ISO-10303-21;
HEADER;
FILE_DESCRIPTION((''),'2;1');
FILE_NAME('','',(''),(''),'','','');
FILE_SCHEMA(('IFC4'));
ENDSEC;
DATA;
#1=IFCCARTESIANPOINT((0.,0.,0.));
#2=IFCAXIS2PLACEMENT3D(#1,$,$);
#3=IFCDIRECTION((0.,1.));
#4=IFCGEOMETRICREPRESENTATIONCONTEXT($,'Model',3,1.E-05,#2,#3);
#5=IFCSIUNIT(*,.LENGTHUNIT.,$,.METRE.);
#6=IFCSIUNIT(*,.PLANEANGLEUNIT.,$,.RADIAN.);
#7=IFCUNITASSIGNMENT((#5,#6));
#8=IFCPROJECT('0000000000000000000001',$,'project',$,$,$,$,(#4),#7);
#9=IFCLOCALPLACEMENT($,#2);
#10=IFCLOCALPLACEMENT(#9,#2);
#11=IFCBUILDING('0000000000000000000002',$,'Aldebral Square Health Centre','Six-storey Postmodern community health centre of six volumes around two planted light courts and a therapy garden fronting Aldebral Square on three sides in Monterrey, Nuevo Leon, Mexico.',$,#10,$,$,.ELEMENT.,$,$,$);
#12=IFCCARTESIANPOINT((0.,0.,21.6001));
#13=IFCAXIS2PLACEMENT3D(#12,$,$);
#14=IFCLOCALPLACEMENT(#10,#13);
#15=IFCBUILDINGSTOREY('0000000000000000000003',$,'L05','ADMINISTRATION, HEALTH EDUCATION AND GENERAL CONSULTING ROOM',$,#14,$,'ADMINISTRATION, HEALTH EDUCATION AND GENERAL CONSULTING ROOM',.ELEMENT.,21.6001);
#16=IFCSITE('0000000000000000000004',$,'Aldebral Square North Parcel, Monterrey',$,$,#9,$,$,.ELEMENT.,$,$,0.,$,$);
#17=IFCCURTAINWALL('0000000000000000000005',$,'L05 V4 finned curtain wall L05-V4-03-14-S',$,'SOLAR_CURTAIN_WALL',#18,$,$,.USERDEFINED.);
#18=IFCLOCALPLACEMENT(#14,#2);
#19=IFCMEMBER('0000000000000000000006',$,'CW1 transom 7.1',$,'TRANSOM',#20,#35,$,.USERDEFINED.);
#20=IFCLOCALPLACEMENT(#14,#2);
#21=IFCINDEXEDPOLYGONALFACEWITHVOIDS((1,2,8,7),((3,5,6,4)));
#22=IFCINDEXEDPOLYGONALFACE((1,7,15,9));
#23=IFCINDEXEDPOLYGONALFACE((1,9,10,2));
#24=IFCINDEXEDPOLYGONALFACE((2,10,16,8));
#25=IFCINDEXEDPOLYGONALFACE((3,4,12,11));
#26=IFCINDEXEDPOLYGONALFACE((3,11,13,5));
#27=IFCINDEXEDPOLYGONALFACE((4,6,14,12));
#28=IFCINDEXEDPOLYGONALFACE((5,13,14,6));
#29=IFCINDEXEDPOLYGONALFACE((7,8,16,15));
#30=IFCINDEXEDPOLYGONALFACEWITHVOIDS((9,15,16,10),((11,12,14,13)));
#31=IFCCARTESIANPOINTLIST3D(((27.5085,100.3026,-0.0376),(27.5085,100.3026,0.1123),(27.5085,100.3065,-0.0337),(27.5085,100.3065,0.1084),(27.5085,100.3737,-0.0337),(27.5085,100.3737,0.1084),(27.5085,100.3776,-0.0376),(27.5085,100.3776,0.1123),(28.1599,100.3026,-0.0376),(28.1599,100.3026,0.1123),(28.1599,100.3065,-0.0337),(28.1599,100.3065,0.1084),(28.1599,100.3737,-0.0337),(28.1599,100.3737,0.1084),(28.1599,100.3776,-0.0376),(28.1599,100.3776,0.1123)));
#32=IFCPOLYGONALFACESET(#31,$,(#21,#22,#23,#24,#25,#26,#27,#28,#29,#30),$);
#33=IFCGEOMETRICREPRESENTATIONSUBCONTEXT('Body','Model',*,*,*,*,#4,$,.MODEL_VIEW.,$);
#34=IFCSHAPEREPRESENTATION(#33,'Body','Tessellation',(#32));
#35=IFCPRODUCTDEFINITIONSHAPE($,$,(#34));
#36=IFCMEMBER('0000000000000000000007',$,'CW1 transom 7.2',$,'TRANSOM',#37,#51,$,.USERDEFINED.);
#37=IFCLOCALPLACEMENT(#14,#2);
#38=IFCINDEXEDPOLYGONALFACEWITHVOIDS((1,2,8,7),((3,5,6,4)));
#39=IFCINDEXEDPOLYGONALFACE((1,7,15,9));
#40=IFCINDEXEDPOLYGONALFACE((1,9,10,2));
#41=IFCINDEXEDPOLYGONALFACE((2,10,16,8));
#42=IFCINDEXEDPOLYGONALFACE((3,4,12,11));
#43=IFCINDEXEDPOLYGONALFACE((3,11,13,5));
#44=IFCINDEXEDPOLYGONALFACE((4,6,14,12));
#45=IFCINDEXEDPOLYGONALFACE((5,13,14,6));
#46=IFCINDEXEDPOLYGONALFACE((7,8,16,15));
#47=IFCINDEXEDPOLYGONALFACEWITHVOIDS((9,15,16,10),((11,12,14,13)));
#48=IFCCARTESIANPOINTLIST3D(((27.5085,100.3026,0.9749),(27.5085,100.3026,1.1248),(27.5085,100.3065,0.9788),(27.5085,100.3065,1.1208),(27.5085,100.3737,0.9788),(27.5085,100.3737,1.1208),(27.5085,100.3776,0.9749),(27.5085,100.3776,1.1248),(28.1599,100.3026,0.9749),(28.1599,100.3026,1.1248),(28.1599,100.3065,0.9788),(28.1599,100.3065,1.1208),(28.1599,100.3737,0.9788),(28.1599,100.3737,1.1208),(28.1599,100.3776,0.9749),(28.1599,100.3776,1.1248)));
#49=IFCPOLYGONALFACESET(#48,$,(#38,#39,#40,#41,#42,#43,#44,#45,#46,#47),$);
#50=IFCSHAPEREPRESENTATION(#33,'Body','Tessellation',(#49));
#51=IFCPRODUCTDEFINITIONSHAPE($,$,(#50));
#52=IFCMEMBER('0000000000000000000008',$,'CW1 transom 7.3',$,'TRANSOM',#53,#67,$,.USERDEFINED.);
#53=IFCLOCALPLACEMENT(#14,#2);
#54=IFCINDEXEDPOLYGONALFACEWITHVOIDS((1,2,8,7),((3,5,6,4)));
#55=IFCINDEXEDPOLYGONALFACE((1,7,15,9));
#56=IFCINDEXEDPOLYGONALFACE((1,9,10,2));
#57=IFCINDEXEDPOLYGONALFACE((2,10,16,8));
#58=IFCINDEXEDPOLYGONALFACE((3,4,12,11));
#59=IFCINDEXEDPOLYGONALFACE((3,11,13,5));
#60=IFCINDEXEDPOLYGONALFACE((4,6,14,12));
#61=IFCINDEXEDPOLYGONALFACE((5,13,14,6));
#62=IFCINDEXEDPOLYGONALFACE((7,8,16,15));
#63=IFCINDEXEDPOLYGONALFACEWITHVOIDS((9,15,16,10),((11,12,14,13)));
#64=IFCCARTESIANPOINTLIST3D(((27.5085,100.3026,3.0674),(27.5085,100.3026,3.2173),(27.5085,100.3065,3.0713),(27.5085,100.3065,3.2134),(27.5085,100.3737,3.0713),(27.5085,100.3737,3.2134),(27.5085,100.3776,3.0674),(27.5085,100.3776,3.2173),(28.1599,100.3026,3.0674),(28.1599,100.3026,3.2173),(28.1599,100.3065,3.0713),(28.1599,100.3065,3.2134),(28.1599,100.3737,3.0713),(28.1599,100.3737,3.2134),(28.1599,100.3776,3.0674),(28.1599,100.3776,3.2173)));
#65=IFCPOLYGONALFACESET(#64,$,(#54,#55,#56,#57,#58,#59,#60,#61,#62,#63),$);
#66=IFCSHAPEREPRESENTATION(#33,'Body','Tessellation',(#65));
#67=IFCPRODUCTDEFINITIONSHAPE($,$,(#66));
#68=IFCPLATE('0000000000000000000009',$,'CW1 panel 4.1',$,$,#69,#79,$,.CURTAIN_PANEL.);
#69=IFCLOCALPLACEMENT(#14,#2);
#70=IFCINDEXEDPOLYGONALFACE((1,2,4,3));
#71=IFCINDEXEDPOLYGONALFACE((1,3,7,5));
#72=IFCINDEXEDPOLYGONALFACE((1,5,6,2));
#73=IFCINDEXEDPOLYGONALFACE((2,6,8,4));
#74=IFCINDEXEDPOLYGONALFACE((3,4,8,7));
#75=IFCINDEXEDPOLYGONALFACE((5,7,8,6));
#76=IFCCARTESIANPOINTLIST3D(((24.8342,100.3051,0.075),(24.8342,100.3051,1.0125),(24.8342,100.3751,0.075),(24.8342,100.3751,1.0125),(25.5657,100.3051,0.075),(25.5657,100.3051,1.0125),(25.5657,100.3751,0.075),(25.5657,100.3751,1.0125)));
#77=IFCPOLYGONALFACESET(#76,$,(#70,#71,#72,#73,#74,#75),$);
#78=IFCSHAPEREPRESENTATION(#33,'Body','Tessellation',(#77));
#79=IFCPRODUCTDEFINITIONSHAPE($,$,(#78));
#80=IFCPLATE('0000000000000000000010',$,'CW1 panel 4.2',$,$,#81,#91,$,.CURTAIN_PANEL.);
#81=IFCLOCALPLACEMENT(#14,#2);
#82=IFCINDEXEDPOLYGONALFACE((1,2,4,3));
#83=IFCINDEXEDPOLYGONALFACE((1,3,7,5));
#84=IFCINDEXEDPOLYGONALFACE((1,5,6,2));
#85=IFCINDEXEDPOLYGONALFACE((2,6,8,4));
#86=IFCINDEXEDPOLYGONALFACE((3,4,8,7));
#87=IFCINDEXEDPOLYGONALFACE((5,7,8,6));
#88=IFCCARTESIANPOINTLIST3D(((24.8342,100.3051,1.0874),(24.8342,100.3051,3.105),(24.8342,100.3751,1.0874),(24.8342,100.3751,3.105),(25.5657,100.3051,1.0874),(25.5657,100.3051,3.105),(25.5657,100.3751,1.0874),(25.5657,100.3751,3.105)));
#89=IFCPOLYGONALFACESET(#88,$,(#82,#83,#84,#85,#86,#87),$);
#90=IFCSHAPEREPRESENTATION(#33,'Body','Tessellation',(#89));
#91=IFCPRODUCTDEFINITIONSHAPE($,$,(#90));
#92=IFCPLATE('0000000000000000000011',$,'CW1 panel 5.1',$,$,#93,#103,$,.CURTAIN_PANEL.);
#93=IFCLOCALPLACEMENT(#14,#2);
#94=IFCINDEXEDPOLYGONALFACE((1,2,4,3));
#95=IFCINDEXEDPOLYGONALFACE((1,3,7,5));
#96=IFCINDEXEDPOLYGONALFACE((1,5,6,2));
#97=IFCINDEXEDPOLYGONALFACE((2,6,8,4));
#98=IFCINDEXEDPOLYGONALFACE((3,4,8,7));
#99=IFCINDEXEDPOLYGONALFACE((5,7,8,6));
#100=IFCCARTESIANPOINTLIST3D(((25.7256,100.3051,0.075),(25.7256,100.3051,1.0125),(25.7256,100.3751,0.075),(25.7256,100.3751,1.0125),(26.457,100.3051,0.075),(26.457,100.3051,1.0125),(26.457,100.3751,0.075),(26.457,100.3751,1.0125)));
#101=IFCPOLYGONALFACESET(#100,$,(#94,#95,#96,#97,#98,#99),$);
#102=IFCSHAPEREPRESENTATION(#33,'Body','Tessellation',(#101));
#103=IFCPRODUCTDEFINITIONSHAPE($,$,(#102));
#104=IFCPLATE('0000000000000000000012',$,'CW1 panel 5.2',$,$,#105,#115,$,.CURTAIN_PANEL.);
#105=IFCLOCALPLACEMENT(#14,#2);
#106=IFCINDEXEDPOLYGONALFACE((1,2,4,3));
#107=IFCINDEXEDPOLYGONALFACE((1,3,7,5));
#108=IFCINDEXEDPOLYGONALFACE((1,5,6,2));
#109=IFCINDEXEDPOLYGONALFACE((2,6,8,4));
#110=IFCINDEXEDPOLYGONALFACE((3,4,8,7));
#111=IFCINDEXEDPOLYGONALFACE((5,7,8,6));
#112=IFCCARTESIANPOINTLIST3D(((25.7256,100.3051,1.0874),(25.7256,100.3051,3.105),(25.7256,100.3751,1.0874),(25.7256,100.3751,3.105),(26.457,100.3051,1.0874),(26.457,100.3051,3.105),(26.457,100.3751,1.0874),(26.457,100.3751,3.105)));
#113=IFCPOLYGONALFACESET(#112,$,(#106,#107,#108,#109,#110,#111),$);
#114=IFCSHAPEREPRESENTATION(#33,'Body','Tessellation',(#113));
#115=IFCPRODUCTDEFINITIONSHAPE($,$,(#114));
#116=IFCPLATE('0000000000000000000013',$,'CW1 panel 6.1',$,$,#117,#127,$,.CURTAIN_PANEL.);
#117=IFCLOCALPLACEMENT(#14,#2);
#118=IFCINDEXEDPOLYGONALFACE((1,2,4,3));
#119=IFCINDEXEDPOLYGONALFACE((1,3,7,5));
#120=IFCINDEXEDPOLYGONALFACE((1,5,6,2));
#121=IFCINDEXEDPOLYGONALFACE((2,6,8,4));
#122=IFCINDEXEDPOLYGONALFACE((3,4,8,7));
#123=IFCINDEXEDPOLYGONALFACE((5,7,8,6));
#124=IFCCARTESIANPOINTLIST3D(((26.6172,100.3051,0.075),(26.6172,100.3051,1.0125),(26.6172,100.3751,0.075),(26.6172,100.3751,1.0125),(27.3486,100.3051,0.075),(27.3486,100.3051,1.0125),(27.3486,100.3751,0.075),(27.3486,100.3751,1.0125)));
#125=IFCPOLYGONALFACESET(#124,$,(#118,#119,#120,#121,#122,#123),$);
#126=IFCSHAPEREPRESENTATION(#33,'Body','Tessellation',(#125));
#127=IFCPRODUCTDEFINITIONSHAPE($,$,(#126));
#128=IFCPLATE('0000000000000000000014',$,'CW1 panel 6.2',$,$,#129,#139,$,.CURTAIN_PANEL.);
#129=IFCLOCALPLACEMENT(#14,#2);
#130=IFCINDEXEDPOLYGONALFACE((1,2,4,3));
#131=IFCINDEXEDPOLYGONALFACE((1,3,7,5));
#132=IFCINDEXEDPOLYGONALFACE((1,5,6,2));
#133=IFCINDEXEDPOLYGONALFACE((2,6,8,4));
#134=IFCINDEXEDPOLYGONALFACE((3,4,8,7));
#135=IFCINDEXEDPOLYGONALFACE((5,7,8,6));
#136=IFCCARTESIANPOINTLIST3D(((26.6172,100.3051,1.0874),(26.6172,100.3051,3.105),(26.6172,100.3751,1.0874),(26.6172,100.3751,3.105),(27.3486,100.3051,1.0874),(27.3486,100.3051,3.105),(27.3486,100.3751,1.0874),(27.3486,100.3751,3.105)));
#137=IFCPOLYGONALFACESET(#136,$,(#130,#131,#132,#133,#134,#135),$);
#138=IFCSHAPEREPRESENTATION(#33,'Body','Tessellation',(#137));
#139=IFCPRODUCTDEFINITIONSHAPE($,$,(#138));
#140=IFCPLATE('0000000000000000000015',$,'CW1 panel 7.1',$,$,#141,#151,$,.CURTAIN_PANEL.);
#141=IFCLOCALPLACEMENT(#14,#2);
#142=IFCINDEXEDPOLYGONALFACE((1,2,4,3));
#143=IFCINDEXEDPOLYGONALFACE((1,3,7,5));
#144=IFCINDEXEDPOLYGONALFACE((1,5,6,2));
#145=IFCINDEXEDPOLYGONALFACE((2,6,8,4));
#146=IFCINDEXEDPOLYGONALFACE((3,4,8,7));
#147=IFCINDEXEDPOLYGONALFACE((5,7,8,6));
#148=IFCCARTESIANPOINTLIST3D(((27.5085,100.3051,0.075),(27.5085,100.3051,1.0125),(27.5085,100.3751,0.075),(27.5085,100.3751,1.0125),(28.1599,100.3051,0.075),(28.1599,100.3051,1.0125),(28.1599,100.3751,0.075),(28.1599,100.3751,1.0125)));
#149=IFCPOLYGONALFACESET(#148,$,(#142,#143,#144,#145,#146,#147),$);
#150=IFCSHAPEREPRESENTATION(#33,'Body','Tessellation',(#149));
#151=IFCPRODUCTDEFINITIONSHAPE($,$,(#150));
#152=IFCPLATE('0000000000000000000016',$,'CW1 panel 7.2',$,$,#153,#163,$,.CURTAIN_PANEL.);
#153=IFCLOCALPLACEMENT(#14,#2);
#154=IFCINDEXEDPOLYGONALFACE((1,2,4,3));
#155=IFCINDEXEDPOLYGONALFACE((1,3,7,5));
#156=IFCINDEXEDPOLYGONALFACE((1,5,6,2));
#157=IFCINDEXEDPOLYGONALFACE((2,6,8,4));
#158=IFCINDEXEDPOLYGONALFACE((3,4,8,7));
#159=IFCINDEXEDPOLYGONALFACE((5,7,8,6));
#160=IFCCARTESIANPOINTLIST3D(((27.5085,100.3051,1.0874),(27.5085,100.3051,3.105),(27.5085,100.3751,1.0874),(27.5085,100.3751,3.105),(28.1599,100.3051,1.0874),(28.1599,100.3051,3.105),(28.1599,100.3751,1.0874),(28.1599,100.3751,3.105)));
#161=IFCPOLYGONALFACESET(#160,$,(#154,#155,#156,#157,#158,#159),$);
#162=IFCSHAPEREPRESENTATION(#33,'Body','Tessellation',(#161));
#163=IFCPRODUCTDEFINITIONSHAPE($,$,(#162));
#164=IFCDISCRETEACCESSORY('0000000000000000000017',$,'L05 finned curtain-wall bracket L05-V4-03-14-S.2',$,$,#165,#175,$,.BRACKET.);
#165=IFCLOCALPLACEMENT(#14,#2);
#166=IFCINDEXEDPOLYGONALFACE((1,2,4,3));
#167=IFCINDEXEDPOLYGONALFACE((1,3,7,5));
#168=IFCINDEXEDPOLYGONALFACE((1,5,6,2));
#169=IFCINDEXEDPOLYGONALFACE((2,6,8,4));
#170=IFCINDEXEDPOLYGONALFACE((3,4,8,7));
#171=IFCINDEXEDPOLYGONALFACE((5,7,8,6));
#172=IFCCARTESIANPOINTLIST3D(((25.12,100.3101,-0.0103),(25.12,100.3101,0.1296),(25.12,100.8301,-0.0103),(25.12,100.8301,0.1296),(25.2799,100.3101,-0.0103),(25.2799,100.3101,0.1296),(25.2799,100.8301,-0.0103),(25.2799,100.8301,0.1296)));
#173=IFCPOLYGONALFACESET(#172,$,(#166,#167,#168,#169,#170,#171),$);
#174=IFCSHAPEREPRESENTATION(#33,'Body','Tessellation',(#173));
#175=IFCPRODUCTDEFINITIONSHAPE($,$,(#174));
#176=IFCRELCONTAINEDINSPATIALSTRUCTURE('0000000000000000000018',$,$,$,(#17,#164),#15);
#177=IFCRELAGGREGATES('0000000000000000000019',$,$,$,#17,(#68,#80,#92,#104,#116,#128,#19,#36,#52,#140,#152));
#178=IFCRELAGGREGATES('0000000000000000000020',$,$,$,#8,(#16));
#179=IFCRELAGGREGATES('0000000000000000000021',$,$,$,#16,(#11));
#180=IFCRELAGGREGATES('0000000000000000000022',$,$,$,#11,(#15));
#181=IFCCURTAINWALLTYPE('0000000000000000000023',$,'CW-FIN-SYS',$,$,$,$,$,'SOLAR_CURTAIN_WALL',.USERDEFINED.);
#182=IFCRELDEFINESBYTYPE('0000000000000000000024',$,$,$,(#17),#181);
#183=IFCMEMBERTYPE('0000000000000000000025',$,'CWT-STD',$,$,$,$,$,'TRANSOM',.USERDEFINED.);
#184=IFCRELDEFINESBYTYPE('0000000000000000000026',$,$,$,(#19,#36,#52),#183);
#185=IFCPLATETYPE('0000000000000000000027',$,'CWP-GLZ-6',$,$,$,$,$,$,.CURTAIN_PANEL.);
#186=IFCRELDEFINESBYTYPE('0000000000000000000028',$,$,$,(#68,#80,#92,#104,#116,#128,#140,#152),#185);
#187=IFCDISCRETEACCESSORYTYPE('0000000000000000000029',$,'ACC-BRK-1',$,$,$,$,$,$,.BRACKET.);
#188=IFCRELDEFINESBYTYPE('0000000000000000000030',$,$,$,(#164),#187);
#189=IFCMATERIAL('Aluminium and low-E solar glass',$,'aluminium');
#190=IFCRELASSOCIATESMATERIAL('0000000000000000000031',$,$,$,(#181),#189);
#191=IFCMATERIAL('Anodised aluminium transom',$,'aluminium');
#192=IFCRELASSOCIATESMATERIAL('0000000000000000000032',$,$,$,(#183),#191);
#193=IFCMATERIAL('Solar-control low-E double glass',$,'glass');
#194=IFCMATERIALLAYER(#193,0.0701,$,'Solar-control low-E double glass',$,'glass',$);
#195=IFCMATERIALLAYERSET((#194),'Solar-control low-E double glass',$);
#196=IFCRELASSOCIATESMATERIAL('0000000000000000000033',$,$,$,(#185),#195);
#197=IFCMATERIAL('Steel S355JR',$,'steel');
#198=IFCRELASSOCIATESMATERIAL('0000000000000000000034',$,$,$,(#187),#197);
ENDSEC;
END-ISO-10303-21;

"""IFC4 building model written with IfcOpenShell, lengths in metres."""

from ifc_helpers import new_model, si_unit, direction, frame, origin, origin_2d, place, context, subcontext, project, spatial, rectangle, hollow_rectangle, extrude, material, layer, layer_set, material_profile, profile_set, type_object, element, aggregate, save


model = new_model("IFC4")

# Units and contexts
model_context = context("Model", 3, precision=1e-05, world=origin(), true_north=direction((0.0, 1.0)))
body_context = subcontext(model_context, "Body", "Model", "MODEL_VIEW")
ifc_project = project(units=[si_unit("LENGTHUNIT", "METRE"), si_unit("PLANEANGLEUNIT", "RADIAN")], contexts=[model_context])

# Site, building, storey
site_placement = place(None, origin())
site = spatial("IfcSite", under=ifc_project, at=site_placement, Name="Aldebral Square North Parcel, Monterrey", CompositionType="ELEMENT", RefElevation=0.0)
building_placement = place(site_placement, origin())
building = spatial("IfcBuilding", under=site, at=building_placement, Name="Aldebral Square Health Centre", Description="Six-storey Postmodern community health centre of six volumes around two planted light courts and a therapy garden fronting Aldebral Square on three sides in Monterrey, Nuevo Leon, Mexico.", CompositionType="ELEMENT")
storey_placement = place(building_placement, frame((0.0, 0.0, 21.6001)))
storey = spatial("IfcBuildingStorey", under=building, at=storey_placement, Name="L05", Description="ADMINISTRATION, HEALTH EDUCATION AND GENERAL CONSULTING ROOM", LongName="ADMINISTRATION, HEALTH EDUCATION AND GENERAL CONSULTING ROOM", CompositionType="ELEMENT", Elevation=21.6001)

# Curtain wall, members, plates
ifc_material_1 = material(Name="Aluminium and low-E solar glass", Category="aluminium")
curtain_wall_type = type_object("IfcCurtainWallType", Name="CW-FIN-SYS", ElementType="SOLAR_CURTAIN_WALL", PredefinedType="USERDEFINED", material=ifc_material_1)
curtain_wall_placement = place(storey_placement, origin())
curtain_wall = element("IfcCurtainWall", 1, at=curtain_wall_placement, inside=storey, type_object=curtain_wall_type, Name="L05 V4 finned curtain wall L05-V4-03-14-S", ObjectType="SOLAR_CURTAIN_WALL", PredefinedType="USERDEFINED")
ifc_material_2 = material(Name="Anodised aluminium transom", Category="aluminium")
ifc_material_profile_1 = material_profile(ifc_material_2, hollow_rectangle(XDim=0.075, YDim=0.1499, WallThickness=0.0039, at=origin_2d()), Name="CWT 75x150x4")
ifc_profile_set_1 = profile_set([ifc_material_profile_1], Name="Anodised aluminium transom")
member_type_1 = type_object("IfcMemberType", Name="CWT-STD", ElementType="TRANSOM", PredefinedType="USERDEFINED", material=ifc_profile_set_1)
member_1_placement = place(storey_placement, frame((27.5085, 100.3401, 0.0374), z_axis=(1.0, 0.0, 0.0), x_axis=(0.0, 1.0, 0.0)))
member_1 = element("IfcMember", 2, at=member_1_placement, type_object=member_type_1, Name="CW1 transom 7.1", ObjectType="TRANSOM", PredefinedType="USERDEFINED", context=body_context, shape_type="SweptSolid", body=[
    extrude(hollow_rectangle(XDim=0.075, YDim=0.1499, WallThickness=0.0039, at=origin_2d()), origin(), (0.0, 0.0, 1.0), 0.6514),
])
member_2_placement = place(storey_placement, frame((27.5085, 100.3401, 1.0498), z_axis=(1.0, 0.0, 0.0), x_axis=(0.0, 1.0, 0.0)))
member_2 = element("IfcMember", 3, at=member_2_placement, type_object=member_type_1, Name="CW1 transom 7.2", ObjectType="TRANSOM", PredefinedType="USERDEFINED", context=body_context, shape_type="SweptSolid", body=[
    extrude(hollow_rectangle(XDim=0.075, YDim=0.1499, WallThickness=0.0039, at=origin_2d()), origin(), (0.0, 0.0, 1.0), 0.6514),
])
member_3_placement = place(storey_placement, frame((27.5085, 100.3401, 3.1423), z_axis=(1.0, 0.0, 0.0), x_axis=(0.0, 1.0, 0.0)))
member_3 = element("IfcMember", 4, at=member_3_placement, type_object=member_type_1, Name="CW1 transom 7.3", ObjectType="TRANSOM", PredefinedType="USERDEFINED", context=body_context, shape_type="SweptSolid", body=[
    extrude(hollow_rectangle(XDim=0.075, YDim=0.1499, WallThickness=0.0039, at=origin_2d()), origin(), (0.0, 0.0, 1.0), 0.6514),
])
ifc_material_3 = material(Name="Solar-control low-E double glass", Category="glass")
ifc_layer = layer(ifc_material_3, 0.0701, Name="Solar-control low-E double glass", Category="glass")
ifc_layer_set = layer_set([ifc_layer], Name="Solar-control low-E double glass")
plate_type = type_object("IfcPlateType", Name="CWP-GLZ-6", PredefinedType="CURTAIN_PANEL", material=ifc_layer_set)
plate_1_placement = place(storey_placement, frame((25.2, 100.3401, 0.075), z_axis=(0.0, 0.0, 1.0), x_axis=(1.0, 0.0, 0.0)))
plate_1 = element("IfcPlate", 5, at=plate_1_placement, type_object=plate_type, Name="CW1 panel 4.1", PredefinedType="CURTAIN_PANEL", context=body_context, shape_type="SweptSolid", body=[
    extrude(rectangle(XDim=0.7314, YDim=0.0701, at=origin_2d()), origin(), (0.0, 0.0, 1.0), 0.9375),
])
plate_2_placement = place(storey_placement, frame((25.2, 100.3401, 1.0874), z_axis=(0.0, 0.0, 1.0), x_axis=(1.0, 0.0, 0.0)))
plate_2 = element("IfcPlate", 6, at=plate_2_placement, type_object=plate_type, Name="CW1 panel 4.2", PredefinedType="CURTAIN_PANEL", context=body_context, shape_type="SweptSolid", body=[
    extrude(rectangle(XDim=0.7314, YDim=0.0701, at=origin_2d()), origin(), (0.0, 0.0, 1.0), 2.0176),
])
plate_3_placement = place(storey_placement, frame((26.0913, 100.3401, 0.075), z_axis=(0.0, 0.0, 1.0), x_axis=(1.0, 0.0, 0.0)))
plate_3 = element("IfcPlate", 7, at=plate_3_placement, type_object=plate_type, Name="CW1 panel 5.1", PredefinedType="CURTAIN_PANEL", context=body_context, shape_type="SweptSolid", body=[
    extrude(rectangle(XDim=0.7314, YDim=0.0701, at=origin_2d()), origin(), (0.0, 0.0, 1.0), 0.9375),
])
plate_4_placement = place(storey_placement, frame((26.0913, 100.3401, 1.0874), z_axis=(0.0, 0.0, 1.0), x_axis=(1.0, 0.0, 0.0)))
plate_4 = element("IfcPlate", 8, at=plate_4_placement, type_object=plate_type, Name="CW1 panel 5.2", PredefinedType="CURTAIN_PANEL", context=body_context, shape_type="SweptSolid", body=[
    extrude(rectangle(XDim=0.7314, YDim=0.0701, at=origin_2d()), origin(), (0.0, 0.0, 1.0), 2.0176),
])
plate_5_placement = place(storey_placement, frame((26.9829, 100.3401, 0.075), z_axis=(0.0, 0.0, 1.0), x_axis=(1.0, 0.0, 0.0)))
plate_5 = element("IfcPlate", 9, at=plate_5_placement, type_object=plate_type, Name="CW1 panel 6.1", PredefinedType="CURTAIN_PANEL", context=body_context, shape_type="SweptSolid", body=[
    extrude(rectangle(XDim=0.7314, YDim=0.0701, at=origin_2d()), origin(), (0.0, 0.0, 1.0), 0.9375),
])
plate_6_placement = place(storey_placement, frame((26.9829, 100.3401, 1.0874), z_axis=(0.0, 0.0, 1.0), x_axis=(1.0, 0.0, 0.0)))
plate_6 = element("IfcPlate", 10, at=plate_6_placement, type_object=plate_type, Name="CW1 panel 6.2", PredefinedType="CURTAIN_PANEL", context=body_context, shape_type="SweptSolid", body=[
    extrude(rectangle(XDim=0.7314, YDim=0.0701, at=origin_2d()), origin(), (0.0, 0.0, 1.0), 2.0176),
])
plate_7_placement = place(storey_placement, frame((27.8342, 100.3401, 0.075), z_axis=(0.0, 0.0, 1.0), x_axis=(1.0, 0.0, 0.0)))
plate_7 = element("IfcPlate", 11, at=plate_7_placement, type_object=plate_type, Name="CW1 panel 7.1", PredefinedType="CURTAIN_PANEL", context=body_context, shape_type="SweptSolid", body=[
    extrude(rectangle(XDim=0.6514, YDim=0.0701, at=origin_2d()), origin(), (0.0, 0.0, 1.0), 0.9375),
])
plate_8_placement = place(storey_placement, frame((27.8342, 100.3401, 1.0874), z_axis=(0.0, 0.0, 1.0), x_axis=(1.0, 0.0, 0.0)))
plate_8 = element("IfcPlate", 12, at=plate_8_placement, type_object=plate_type, Name="CW1 panel 7.2", PredefinedType="CURTAIN_PANEL", context=body_context, shape_type="SweptSolid", body=[
    extrude(rectangle(XDim=0.6514, YDim=0.0701, at=origin_2d()), origin(), (0.0, 0.0, 1.0), 2.0176),
])
aggregate(curtain_wall, [plate_1, plate_2, plate_3, plate_4, plate_5, plate_6, member_1, member_2, member_3, plate_7, plate_8])

# Discrete accessory
ifc_material_4 = material(Name="Steel S355JR", Category="steel")
discrete_accessory_type = type_object("IfcDiscreteAccessoryType", Name="ACC-BRK-1", PredefinedType="BRACKET", material=ifc_material_4)
discrete_accessory_placement = place(storey_placement, frame((25.2, 100.5701, -0.0103), z_axis=(0.0, 0.0, 1.0), x_axis=(1.0, 0.0, 0.0)))
element("IfcDiscreteAccessory", 13, at=discrete_accessory_placement, inside=storey, type_object=discrete_accessory_type, Name="L05 finned curtain-wall bracket L05-V4-03-14-S.2", PredefinedType="BRACKET", context=body_context, shape_type="SweptSolid", body=[
    extrude(rectangle(XDim=0.1599, YDim=0.52, at=origin_2d()), origin(), (0.0, 0.0, 1.0), 0.1399),
])

save(model, "model.ifc")
